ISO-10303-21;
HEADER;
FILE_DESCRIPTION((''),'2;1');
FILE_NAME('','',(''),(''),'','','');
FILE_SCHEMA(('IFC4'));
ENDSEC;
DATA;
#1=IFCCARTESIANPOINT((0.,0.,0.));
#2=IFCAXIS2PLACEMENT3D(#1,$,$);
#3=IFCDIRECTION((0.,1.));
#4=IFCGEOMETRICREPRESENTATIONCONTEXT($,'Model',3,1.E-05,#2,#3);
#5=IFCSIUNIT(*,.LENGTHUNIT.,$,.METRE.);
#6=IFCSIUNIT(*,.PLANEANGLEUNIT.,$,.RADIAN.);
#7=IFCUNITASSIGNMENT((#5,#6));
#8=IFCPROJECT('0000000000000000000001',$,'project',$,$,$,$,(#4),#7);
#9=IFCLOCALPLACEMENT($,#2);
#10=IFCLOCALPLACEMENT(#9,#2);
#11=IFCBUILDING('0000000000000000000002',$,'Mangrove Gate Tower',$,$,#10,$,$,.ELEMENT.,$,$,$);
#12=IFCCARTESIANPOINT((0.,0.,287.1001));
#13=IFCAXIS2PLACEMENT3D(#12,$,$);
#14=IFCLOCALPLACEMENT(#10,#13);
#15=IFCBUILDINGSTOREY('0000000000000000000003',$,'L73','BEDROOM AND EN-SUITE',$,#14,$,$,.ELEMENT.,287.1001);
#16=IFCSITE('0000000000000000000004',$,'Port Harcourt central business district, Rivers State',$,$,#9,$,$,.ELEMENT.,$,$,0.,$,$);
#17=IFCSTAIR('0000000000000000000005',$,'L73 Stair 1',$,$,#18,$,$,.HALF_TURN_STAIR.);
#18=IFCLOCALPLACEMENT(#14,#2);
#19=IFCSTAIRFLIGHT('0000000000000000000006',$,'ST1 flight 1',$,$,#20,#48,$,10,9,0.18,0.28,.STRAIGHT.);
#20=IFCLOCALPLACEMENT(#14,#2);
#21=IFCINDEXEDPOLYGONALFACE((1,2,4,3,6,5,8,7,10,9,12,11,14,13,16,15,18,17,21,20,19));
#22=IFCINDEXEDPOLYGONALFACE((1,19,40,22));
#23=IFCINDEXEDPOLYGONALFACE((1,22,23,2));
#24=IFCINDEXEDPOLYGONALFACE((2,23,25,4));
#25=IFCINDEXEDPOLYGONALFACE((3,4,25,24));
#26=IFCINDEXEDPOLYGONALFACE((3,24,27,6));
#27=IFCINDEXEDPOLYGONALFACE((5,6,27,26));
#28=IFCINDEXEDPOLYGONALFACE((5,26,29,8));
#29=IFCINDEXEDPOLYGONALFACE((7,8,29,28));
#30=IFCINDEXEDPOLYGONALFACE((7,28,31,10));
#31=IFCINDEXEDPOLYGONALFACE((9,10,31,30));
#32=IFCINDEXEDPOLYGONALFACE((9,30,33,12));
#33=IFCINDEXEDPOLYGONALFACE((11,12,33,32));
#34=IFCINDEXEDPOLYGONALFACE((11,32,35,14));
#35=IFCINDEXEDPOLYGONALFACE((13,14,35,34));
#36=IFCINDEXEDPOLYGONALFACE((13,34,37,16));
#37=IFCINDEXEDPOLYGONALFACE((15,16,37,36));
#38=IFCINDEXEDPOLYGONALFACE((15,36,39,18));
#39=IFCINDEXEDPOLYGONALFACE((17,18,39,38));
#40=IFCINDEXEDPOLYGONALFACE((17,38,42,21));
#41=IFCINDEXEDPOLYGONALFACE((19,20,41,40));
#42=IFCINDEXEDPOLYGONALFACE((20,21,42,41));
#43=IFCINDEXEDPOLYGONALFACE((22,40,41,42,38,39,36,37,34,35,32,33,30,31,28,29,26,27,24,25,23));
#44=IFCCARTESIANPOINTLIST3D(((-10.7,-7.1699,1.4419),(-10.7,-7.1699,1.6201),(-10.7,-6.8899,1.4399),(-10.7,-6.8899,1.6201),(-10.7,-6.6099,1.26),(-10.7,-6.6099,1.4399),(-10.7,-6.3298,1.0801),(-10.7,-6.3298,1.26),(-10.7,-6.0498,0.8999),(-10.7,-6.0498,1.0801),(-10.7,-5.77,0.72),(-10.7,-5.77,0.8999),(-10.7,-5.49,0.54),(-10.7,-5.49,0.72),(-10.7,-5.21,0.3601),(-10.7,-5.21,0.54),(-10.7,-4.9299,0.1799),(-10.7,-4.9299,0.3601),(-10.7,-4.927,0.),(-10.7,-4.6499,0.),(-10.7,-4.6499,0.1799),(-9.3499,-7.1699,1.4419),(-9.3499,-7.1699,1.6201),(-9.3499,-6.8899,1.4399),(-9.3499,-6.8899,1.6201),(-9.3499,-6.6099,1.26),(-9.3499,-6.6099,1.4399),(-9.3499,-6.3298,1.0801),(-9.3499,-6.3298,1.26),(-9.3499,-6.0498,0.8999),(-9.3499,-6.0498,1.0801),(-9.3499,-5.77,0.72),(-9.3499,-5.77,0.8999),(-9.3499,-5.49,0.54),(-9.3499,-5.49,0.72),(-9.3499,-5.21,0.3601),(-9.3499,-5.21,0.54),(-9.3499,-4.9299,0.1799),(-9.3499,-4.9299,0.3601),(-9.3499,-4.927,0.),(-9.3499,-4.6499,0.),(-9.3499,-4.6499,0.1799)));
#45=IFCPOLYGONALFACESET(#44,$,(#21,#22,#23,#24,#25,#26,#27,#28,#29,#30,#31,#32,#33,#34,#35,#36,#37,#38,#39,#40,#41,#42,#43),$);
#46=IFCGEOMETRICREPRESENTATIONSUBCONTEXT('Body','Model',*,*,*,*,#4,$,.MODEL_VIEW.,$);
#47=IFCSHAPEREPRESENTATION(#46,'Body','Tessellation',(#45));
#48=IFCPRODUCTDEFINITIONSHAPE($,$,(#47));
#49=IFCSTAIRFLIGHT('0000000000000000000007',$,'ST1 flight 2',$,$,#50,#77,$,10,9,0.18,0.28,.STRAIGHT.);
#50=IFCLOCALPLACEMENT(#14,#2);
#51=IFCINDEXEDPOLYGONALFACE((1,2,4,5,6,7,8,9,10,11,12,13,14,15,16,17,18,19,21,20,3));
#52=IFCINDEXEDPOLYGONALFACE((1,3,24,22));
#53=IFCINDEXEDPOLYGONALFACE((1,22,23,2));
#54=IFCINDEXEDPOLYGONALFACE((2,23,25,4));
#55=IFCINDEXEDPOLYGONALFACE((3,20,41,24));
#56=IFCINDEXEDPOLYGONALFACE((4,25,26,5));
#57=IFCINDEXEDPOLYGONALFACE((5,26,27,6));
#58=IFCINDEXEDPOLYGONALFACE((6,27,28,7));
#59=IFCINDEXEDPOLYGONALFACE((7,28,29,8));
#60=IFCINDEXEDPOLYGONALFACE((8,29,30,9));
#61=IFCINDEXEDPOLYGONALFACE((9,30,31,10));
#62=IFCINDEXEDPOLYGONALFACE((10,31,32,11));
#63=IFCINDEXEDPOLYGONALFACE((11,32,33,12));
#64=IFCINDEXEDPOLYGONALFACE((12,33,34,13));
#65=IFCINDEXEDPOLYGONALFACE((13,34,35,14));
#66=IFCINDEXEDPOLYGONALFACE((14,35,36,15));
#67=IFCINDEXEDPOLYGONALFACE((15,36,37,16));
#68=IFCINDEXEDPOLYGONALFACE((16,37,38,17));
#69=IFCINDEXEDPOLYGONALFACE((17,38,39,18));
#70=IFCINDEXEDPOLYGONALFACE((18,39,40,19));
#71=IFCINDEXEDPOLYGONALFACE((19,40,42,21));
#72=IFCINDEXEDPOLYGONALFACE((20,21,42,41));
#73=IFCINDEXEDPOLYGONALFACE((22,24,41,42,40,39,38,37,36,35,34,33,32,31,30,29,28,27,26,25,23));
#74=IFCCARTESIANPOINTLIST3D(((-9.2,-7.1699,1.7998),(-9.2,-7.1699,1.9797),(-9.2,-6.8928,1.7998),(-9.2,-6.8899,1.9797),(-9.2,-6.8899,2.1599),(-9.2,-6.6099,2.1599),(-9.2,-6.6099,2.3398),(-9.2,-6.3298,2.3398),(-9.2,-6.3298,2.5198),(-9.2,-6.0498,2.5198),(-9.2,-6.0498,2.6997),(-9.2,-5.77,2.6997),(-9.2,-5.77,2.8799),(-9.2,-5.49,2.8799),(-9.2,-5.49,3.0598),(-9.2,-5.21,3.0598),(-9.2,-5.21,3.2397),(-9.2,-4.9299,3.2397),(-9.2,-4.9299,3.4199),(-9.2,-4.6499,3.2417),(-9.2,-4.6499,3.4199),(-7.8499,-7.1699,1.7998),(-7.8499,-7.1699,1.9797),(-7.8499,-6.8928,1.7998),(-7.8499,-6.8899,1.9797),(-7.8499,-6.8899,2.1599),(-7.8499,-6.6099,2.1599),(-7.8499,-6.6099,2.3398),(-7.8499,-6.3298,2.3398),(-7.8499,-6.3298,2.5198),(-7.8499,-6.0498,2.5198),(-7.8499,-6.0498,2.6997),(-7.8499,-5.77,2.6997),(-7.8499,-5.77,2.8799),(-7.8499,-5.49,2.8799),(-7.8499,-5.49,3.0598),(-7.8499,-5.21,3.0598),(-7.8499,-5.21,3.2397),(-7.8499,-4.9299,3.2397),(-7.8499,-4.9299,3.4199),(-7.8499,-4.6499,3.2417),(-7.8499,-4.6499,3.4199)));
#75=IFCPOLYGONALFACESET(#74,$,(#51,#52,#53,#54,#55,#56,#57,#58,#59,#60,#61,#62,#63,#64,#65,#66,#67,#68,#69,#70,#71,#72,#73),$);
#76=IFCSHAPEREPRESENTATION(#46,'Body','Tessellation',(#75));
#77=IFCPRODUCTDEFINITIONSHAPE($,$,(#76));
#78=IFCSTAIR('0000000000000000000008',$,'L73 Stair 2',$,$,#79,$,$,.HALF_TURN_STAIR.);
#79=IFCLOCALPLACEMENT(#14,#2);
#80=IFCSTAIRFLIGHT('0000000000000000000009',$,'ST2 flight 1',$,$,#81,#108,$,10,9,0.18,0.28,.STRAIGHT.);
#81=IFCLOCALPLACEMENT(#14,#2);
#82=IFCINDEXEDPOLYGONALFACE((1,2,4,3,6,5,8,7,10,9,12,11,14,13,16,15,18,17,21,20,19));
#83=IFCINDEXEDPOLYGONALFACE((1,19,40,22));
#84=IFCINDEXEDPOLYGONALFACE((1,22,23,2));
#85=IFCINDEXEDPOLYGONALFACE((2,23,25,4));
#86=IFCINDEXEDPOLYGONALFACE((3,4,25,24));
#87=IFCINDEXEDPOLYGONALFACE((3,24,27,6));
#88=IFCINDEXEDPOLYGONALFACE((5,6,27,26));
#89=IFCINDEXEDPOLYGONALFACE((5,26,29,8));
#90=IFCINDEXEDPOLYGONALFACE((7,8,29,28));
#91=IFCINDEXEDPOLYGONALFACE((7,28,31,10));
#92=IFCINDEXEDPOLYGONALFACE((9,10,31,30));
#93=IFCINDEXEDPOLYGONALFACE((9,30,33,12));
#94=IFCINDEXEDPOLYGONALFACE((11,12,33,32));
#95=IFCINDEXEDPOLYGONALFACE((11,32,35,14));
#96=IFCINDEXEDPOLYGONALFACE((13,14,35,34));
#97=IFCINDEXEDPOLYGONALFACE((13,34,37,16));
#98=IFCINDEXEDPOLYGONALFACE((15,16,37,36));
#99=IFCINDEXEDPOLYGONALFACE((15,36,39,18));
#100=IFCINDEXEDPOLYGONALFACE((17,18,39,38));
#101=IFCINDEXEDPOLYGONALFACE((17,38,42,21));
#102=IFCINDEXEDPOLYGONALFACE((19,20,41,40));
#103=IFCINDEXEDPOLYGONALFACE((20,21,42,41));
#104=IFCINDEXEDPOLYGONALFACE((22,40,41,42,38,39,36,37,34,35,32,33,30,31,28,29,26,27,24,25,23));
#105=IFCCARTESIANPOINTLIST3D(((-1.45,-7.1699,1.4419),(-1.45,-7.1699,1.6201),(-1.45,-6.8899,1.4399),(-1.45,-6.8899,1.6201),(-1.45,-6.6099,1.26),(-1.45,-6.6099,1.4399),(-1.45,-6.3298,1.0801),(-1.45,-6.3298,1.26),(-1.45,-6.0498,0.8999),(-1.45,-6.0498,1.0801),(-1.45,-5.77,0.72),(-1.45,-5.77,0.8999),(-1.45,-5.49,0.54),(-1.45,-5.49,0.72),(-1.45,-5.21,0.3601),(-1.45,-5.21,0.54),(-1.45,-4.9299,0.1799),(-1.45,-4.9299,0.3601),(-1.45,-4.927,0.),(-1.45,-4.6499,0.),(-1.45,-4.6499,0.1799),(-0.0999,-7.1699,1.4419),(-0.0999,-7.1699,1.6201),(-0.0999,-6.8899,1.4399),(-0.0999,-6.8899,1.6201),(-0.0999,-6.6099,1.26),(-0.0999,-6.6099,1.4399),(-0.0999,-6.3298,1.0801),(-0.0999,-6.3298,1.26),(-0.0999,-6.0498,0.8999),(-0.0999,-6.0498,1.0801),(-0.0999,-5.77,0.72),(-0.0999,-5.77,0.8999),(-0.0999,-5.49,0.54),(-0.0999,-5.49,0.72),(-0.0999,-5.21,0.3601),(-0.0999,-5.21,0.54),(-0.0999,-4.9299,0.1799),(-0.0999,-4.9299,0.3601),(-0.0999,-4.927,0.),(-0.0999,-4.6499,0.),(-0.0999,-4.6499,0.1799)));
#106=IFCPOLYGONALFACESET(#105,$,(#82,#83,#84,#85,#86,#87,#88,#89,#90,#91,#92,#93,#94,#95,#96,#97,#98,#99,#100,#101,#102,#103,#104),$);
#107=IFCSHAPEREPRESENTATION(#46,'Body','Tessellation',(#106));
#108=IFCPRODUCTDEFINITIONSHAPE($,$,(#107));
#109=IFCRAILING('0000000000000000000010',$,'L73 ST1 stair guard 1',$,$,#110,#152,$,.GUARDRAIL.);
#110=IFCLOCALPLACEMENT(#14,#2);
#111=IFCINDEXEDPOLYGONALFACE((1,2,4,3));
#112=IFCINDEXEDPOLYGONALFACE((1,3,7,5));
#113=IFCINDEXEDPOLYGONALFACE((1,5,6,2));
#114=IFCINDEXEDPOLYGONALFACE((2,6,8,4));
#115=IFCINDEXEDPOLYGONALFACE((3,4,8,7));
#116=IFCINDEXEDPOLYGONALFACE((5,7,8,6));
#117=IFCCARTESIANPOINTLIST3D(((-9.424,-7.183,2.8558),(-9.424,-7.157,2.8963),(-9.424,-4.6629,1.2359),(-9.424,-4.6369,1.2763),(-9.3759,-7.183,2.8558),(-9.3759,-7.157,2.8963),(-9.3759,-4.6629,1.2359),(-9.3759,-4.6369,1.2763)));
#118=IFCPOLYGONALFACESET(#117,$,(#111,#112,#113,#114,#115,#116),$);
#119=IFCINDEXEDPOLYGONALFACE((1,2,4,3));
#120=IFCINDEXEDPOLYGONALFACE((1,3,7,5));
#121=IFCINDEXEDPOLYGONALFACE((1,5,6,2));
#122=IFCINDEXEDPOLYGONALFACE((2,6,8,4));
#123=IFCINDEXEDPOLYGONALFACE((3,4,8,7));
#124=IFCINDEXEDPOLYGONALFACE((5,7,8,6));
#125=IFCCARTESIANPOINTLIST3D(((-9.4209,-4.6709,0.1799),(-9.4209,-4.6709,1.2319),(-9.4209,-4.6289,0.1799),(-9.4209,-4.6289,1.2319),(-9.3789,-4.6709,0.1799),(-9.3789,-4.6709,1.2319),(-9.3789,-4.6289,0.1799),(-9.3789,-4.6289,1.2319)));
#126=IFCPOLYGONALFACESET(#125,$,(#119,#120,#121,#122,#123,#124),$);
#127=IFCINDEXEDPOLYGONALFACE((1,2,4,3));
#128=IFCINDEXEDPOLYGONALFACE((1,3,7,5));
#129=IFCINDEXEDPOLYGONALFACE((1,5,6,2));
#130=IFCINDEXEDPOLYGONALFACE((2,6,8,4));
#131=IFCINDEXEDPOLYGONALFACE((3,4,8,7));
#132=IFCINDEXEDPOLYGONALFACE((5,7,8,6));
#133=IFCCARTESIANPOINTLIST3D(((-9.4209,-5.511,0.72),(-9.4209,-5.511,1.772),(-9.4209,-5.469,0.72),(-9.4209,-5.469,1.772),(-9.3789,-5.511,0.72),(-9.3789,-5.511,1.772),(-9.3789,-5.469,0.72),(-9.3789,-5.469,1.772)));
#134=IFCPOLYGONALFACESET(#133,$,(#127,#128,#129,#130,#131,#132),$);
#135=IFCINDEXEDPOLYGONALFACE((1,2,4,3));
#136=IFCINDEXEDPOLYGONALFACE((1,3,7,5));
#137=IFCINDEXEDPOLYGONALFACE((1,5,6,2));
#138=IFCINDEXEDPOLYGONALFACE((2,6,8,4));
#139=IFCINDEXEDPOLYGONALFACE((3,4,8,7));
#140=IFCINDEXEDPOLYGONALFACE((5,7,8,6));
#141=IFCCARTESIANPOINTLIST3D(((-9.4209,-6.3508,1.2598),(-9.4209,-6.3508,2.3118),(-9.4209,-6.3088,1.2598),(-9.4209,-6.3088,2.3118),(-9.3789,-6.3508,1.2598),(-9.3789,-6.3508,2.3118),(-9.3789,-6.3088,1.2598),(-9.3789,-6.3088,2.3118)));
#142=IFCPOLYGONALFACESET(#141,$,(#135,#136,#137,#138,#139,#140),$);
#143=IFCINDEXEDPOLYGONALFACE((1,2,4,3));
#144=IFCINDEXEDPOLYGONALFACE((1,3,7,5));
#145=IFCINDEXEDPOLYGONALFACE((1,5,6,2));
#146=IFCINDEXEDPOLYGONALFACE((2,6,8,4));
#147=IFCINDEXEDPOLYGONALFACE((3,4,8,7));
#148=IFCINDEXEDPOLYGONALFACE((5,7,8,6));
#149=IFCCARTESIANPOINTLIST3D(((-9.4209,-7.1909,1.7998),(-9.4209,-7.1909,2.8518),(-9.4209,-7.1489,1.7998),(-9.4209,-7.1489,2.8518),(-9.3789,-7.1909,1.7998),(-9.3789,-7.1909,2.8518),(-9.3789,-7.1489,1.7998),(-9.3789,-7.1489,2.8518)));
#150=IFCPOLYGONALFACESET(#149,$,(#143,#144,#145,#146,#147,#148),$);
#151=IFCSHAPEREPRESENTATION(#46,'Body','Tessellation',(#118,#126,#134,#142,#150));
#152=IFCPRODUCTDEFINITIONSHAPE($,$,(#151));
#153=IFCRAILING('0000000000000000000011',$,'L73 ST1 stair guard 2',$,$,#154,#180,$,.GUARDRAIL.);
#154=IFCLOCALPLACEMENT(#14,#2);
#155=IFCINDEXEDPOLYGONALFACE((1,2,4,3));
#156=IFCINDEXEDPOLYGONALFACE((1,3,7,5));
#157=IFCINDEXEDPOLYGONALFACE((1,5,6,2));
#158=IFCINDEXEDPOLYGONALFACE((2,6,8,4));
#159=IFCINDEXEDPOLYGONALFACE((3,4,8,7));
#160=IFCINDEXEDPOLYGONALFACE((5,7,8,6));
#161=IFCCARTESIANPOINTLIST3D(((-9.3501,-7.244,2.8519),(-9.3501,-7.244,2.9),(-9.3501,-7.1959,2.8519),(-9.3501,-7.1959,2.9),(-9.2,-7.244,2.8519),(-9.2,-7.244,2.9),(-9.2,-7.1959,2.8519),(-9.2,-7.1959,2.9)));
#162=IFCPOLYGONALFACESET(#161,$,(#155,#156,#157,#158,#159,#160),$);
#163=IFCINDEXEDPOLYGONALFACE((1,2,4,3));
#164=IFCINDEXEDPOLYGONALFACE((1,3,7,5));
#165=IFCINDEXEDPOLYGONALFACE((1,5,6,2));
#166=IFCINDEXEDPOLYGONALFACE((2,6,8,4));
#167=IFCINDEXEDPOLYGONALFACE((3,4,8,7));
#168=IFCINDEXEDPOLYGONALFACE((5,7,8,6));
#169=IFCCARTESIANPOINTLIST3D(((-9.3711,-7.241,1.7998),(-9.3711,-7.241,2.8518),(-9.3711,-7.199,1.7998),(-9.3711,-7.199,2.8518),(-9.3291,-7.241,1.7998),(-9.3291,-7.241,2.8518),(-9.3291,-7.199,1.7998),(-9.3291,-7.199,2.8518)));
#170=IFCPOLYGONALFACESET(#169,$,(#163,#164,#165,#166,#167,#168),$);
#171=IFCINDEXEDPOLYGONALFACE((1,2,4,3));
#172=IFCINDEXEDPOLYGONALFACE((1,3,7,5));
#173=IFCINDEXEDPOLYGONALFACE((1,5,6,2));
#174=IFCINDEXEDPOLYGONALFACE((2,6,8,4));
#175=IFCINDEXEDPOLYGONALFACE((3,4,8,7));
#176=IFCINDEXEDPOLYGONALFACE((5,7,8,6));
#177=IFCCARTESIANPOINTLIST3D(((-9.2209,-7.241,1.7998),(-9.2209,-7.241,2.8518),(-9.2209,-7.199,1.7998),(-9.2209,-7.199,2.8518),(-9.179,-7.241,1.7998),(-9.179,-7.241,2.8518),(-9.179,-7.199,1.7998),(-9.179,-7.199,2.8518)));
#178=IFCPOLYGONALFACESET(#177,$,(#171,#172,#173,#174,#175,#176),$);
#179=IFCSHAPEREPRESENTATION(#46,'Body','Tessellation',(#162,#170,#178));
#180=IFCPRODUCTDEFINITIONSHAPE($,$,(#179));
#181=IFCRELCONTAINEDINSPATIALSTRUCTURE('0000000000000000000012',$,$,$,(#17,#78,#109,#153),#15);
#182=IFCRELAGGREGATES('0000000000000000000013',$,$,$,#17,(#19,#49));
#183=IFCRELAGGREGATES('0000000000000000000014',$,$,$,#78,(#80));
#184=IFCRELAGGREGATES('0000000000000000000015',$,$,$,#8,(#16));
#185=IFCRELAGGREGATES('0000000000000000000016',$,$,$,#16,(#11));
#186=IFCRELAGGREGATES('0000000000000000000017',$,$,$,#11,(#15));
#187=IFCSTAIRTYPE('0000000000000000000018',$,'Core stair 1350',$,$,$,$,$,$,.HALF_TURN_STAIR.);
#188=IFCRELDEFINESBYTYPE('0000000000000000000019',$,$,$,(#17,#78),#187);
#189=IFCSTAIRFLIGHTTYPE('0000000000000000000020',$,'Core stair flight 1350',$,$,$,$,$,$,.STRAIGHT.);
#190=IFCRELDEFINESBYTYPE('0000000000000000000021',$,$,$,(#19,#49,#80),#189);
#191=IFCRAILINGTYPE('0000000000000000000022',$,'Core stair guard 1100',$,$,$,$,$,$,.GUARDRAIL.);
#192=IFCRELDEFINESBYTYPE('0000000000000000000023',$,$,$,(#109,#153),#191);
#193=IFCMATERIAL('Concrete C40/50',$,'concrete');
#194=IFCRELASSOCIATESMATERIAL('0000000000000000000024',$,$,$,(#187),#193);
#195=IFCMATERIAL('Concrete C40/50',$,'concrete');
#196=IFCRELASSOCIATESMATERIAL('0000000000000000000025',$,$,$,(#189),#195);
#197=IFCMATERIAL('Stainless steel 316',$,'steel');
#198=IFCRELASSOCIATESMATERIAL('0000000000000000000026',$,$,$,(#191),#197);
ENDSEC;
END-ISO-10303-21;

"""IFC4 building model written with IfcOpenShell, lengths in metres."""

from ifc_helpers import new_model, si_unit, direction, frame, origin, origin_2d, place, context, subcontext, project, spatial, polyline, rectangle, outline, extrude, material, type_object, element, aggregate, save


model = new_model("IFC4")

# Units and contexts
model_context = context("Model", 3, precision=1e-05, world=origin(), true_north=direction((0.0, 1.0)))
body_context = subcontext(model_context, "Body", "Model", "MODEL_VIEW")
ifc_project = project(units=[si_unit("LENGTHUNIT", "METRE"), si_unit("PLANEANGLEUNIT", "RADIAN")], contexts=[model_context])

# Site, building, storey
site_placement = place(None, origin())
site = spatial("IfcSite", under=ifc_project, at=site_placement, Name="Port Harcourt central business district, Rivers State", CompositionType="ELEMENT", RefElevation=0.0)
building_placement = place(site_placement, origin())
building = spatial("IfcBuilding", under=site, at=building_placement, Name="Mangrove Gate Tower", CompositionType="ELEMENT")
storey_placement = place(building_placement, frame((0.0, 0.0, 287.1001)))
storey = spatial("IfcBuildingStorey", under=building, at=storey_placement, Name="L73", Description="BEDROOM AND EN-SUITE", CompositionType="ELEMENT", Elevation=287.1001)

# Stair, stair flights
ifc_material_1 = material(Name="Concrete C40/50", Category="concrete")
stair_type = type_object("IfcStairType", Name="Core stair 1350", PredefinedType="HALF_TURN_STAIR", material=ifc_material_1)
stair_1_placement = place(storey_placement, origin())
stair_1 = element("IfcStair", 1, at=stair_1_placement, inside=storey, type_object=stair_type, Name="L73 Stair 1", PredefinedType="HALF_TURN_STAIR")
ifc_material_2 = material(Name="Concrete C40/50", Category="concrete")
stair_flight_type = type_object("IfcStairFlightType", Name="Core stair flight 1350", PredefinedType="STRAIGHT", material=ifc_material_2)
stair_flight_1_placement = place(storey_placement, frame((-10.0249, -4.6499, 0.0), z_axis=(0.0, 0.0, 1.0), x_axis=(0.0, -1.0, 0.0)))
stair_flight_1 = element("IfcStairFlight", 2, at=stair_flight_1_placement, type_object=stair_flight_type, Name="ST1 flight 1", NumberOfRisers=10, NumberOfTreads=9, PredefinedType="STRAIGHT", RiserHeight=0.18, TreadLength=0.28, context=body_context, shape_type="SweptSolid", body=[
    extrude(outline(polyline([(0.0, 0.0), (0.0, 0.1799), (0.28, 0.1799), (0.28, 0.3601), (0.5601, 0.3601), (0.5601, 0.54), (0.8401, 0.54), (0.8401, 0.72), (1.1201, 0.72), (1.1201, 0.8999), (1.3999, 0.8999), (1.3999, 1.0801), (1.6799, 1.0801), (1.6799, 1.26), (1.96, 1.26), (1.96, 1.4399), (2.24, 1.4399), (2.24, 1.6201), (2.52, 1.6201), (2.52, 1.8), (2.52, 1.4419), (0.2771, 0.0), (0.0, 0.0)])), frame((0.0, 0.675, 0.0), z_axis=(0.0, -1.0, 0.0), x_axis=(1.0, 0.0, 0.0)), (0.0, 0.0, 1.0), 1.3501),
])
stair_flight_2_placement = place(storey_placement, frame((-8.5249, -7.1699, 1.7998), z_axis=(0.0, 0.0, 1.0), x_axis=(0.0, 1.0, 0.0)))
stair_flight_2 = element("IfcStairFlight", 3, at=stair_flight_2_placement, type_object=stair_flight_type, Name="ST1 flight 2", NumberOfRisers=10, NumberOfTreads=9, PredefinedType="STRAIGHT", RiserHeight=0.18, TreadLength=0.28, context=body_context, shape_type="SweptSolid", body=[
    extrude(outline(polyline([(0.0, 0.0), (0.0, 0.1799), (0.28, 0.1799), (0.28, 0.3601), (0.5601, 0.3601), (0.5601, 0.54), (0.8401, 0.54), (0.8401, 0.72), (1.1201, 0.72), (1.1201, 0.8999), (1.3999, 0.8999), (1.3999, 1.0801), (1.6799, 1.0801), (1.6799, 1.26), (1.96, 1.26), (1.96, 1.4399), (2.24, 1.4399), (2.24, 1.6201), (2.52, 1.6201), (2.52, 1.8), (2.52, 1.4419), (0.2771, 0.0), (0.0, 0.0)])), frame((0.0, 0.675, 0.0), z_axis=(0.0, -1.0, 0.0), x_axis=(1.0, 0.0, 0.0)), (0.0, 0.0, 1.0), 1.3501),
])
aggregate(stair_1, [stair_flight_1, stair_flight_2])

# Stair, stair flight
stair_2_placement = place(storey_placement, origin())
stair_2 = element("IfcStair", 4, at=stair_2_placement, inside=storey, type_object=stair_type, Name="L73 Stair 2", PredefinedType="HALF_TURN_STAIR")
stair_flight_3_placement = place(storey_placement, frame((-0.7749, -4.6499, 0.0), z_axis=(0.0, 0.0, 1.0), x_axis=(0.0, -1.0, 0.0)))
stair_flight_3 = element("IfcStairFlight", 5, at=stair_flight_3_placement, type_object=stair_flight_type, Name="ST2 flight 1", NumberOfRisers=10, NumberOfTreads=9, PredefinedType="STRAIGHT", RiserHeight=0.18, TreadLength=0.28, context=body_context, shape_type="SweptSolid", body=[
    extrude(outline(polyline([(0.0, 0.0), (0.0, 0.1799), (0.28, 0.1799), (0.28, 0.3601), (0.5601, 0.3601), (0.5601, 0.54), (0.8401, 0.54), (0.8401, 0.72), (1.1201, 0.72), (1.1201, 0.8999), (1.3999, 0.8999), (1.3999, 1.0801), (1.6799, 1.0801), (1.6799, 1.26), (1.96, 1.26), (1.96, 1.4399), (2.24, 1.4399), (2.24, 1.6201), (2.52, 1.6201), (2.52, 1.8), (2.52, 1.4419), (0.2771, 0.0), (0.0, 0.0)])), frame((0.0, 0.675, 0.0), z_axis=(0.0, -1.0, 0.0), x_axis=(1.0, 0.0, 0.0)), (0.0, 0.0, 1.0), 1.3501),
])
aggregate(stair_2, [stair_flight_3])

# Railings
ifc_material_3 = material(Name="Stainless steel 316", Category="steel")
railing_type_1 = type_object("IfcRailingType", Name="Core stair guard 1100", PredefinedType="GUARDRAIL", material=ifc_material_3)
railing_1_placement = place(storey_placement, frame((-9.3999, -4.6499, 0.1799)))
element("IfcRailing", 6, at=railing_1_placement, inside=storey, type_object=railing_type_1, Name="L73 ST1 stair guard 1", PredefinedType="GUARDRAIL", context=body_context, shape_type="SweptSolid", body=[
    extrude(rectangle(XDim=0.0481, YDim=0.0481, at=origin_2d()), frame((0.0, 0.0, 1.0762), z_axis=(0.0, -0.8412, 0.540725), x_axis=(1.0, 0.0, 0.0)), (0.0, 0.0, 1.0), 2.9958),
    extrude(rectangle(XDim=0.042, YDim=0.042, at=origin_2d()), origin(), (0.0, 0.0, 1.0), 1.052),
    extrude(rectangle(XDim=0.042, YDim=0.042, at=origin_2d()), frame((0.0, -0.8401, 0.54)), (0.0, 0.0, 1.0), 1.052),
    extrude(rectangle(XDim=0.042, YDim=0.042, at=origin_2d()), frame((0.0, -1.6799, 1.0798)), (0.0, 0.0, 1.0), 1.052),
    extrude(rectangle(XDim=0.042, YDim=0.042, at=origin_2d()), frame((0.0, -2.52, 1.6199)), (0.0, 0.0, 1.0), 1.052),
])
railing_2_placement = place(storey_placement, frame((-9.3501, -7.22, 1.7998)))
element("IfcRailing", 7, at=railing_2_placement, inside=storey, type_object=railing_type_1, Name="L73 ST1 stair guard 2", PredefinedType="GUARDRAIL", context=body_context, shape_type="SweptSolid", body=[
    extrude(rectangle(XDim=0.0481, YDim=0.0481, at=origin_2d()), frame((0.0, 0.0, 1.0762), z_axis=(1.0, 0.0, 0.0), x_axis=(0.0, 1.0, 0.0)), (0.0, 0.0, 1.0), 0.1501),
    extrude(rectangle(XDim=0.042, YDim=0.042, at=origin_2d()), origin(), (0.0, 0.0, 1.0), 1.052),
    extrude(rectangle(XDim=0.042, YDim=0.042, at=origin_2d()), frame((0.1501, 0.0, 0.0)), (0.0, 0.0, 1.0), 1.052),
])

save(model, "model.ifc")
